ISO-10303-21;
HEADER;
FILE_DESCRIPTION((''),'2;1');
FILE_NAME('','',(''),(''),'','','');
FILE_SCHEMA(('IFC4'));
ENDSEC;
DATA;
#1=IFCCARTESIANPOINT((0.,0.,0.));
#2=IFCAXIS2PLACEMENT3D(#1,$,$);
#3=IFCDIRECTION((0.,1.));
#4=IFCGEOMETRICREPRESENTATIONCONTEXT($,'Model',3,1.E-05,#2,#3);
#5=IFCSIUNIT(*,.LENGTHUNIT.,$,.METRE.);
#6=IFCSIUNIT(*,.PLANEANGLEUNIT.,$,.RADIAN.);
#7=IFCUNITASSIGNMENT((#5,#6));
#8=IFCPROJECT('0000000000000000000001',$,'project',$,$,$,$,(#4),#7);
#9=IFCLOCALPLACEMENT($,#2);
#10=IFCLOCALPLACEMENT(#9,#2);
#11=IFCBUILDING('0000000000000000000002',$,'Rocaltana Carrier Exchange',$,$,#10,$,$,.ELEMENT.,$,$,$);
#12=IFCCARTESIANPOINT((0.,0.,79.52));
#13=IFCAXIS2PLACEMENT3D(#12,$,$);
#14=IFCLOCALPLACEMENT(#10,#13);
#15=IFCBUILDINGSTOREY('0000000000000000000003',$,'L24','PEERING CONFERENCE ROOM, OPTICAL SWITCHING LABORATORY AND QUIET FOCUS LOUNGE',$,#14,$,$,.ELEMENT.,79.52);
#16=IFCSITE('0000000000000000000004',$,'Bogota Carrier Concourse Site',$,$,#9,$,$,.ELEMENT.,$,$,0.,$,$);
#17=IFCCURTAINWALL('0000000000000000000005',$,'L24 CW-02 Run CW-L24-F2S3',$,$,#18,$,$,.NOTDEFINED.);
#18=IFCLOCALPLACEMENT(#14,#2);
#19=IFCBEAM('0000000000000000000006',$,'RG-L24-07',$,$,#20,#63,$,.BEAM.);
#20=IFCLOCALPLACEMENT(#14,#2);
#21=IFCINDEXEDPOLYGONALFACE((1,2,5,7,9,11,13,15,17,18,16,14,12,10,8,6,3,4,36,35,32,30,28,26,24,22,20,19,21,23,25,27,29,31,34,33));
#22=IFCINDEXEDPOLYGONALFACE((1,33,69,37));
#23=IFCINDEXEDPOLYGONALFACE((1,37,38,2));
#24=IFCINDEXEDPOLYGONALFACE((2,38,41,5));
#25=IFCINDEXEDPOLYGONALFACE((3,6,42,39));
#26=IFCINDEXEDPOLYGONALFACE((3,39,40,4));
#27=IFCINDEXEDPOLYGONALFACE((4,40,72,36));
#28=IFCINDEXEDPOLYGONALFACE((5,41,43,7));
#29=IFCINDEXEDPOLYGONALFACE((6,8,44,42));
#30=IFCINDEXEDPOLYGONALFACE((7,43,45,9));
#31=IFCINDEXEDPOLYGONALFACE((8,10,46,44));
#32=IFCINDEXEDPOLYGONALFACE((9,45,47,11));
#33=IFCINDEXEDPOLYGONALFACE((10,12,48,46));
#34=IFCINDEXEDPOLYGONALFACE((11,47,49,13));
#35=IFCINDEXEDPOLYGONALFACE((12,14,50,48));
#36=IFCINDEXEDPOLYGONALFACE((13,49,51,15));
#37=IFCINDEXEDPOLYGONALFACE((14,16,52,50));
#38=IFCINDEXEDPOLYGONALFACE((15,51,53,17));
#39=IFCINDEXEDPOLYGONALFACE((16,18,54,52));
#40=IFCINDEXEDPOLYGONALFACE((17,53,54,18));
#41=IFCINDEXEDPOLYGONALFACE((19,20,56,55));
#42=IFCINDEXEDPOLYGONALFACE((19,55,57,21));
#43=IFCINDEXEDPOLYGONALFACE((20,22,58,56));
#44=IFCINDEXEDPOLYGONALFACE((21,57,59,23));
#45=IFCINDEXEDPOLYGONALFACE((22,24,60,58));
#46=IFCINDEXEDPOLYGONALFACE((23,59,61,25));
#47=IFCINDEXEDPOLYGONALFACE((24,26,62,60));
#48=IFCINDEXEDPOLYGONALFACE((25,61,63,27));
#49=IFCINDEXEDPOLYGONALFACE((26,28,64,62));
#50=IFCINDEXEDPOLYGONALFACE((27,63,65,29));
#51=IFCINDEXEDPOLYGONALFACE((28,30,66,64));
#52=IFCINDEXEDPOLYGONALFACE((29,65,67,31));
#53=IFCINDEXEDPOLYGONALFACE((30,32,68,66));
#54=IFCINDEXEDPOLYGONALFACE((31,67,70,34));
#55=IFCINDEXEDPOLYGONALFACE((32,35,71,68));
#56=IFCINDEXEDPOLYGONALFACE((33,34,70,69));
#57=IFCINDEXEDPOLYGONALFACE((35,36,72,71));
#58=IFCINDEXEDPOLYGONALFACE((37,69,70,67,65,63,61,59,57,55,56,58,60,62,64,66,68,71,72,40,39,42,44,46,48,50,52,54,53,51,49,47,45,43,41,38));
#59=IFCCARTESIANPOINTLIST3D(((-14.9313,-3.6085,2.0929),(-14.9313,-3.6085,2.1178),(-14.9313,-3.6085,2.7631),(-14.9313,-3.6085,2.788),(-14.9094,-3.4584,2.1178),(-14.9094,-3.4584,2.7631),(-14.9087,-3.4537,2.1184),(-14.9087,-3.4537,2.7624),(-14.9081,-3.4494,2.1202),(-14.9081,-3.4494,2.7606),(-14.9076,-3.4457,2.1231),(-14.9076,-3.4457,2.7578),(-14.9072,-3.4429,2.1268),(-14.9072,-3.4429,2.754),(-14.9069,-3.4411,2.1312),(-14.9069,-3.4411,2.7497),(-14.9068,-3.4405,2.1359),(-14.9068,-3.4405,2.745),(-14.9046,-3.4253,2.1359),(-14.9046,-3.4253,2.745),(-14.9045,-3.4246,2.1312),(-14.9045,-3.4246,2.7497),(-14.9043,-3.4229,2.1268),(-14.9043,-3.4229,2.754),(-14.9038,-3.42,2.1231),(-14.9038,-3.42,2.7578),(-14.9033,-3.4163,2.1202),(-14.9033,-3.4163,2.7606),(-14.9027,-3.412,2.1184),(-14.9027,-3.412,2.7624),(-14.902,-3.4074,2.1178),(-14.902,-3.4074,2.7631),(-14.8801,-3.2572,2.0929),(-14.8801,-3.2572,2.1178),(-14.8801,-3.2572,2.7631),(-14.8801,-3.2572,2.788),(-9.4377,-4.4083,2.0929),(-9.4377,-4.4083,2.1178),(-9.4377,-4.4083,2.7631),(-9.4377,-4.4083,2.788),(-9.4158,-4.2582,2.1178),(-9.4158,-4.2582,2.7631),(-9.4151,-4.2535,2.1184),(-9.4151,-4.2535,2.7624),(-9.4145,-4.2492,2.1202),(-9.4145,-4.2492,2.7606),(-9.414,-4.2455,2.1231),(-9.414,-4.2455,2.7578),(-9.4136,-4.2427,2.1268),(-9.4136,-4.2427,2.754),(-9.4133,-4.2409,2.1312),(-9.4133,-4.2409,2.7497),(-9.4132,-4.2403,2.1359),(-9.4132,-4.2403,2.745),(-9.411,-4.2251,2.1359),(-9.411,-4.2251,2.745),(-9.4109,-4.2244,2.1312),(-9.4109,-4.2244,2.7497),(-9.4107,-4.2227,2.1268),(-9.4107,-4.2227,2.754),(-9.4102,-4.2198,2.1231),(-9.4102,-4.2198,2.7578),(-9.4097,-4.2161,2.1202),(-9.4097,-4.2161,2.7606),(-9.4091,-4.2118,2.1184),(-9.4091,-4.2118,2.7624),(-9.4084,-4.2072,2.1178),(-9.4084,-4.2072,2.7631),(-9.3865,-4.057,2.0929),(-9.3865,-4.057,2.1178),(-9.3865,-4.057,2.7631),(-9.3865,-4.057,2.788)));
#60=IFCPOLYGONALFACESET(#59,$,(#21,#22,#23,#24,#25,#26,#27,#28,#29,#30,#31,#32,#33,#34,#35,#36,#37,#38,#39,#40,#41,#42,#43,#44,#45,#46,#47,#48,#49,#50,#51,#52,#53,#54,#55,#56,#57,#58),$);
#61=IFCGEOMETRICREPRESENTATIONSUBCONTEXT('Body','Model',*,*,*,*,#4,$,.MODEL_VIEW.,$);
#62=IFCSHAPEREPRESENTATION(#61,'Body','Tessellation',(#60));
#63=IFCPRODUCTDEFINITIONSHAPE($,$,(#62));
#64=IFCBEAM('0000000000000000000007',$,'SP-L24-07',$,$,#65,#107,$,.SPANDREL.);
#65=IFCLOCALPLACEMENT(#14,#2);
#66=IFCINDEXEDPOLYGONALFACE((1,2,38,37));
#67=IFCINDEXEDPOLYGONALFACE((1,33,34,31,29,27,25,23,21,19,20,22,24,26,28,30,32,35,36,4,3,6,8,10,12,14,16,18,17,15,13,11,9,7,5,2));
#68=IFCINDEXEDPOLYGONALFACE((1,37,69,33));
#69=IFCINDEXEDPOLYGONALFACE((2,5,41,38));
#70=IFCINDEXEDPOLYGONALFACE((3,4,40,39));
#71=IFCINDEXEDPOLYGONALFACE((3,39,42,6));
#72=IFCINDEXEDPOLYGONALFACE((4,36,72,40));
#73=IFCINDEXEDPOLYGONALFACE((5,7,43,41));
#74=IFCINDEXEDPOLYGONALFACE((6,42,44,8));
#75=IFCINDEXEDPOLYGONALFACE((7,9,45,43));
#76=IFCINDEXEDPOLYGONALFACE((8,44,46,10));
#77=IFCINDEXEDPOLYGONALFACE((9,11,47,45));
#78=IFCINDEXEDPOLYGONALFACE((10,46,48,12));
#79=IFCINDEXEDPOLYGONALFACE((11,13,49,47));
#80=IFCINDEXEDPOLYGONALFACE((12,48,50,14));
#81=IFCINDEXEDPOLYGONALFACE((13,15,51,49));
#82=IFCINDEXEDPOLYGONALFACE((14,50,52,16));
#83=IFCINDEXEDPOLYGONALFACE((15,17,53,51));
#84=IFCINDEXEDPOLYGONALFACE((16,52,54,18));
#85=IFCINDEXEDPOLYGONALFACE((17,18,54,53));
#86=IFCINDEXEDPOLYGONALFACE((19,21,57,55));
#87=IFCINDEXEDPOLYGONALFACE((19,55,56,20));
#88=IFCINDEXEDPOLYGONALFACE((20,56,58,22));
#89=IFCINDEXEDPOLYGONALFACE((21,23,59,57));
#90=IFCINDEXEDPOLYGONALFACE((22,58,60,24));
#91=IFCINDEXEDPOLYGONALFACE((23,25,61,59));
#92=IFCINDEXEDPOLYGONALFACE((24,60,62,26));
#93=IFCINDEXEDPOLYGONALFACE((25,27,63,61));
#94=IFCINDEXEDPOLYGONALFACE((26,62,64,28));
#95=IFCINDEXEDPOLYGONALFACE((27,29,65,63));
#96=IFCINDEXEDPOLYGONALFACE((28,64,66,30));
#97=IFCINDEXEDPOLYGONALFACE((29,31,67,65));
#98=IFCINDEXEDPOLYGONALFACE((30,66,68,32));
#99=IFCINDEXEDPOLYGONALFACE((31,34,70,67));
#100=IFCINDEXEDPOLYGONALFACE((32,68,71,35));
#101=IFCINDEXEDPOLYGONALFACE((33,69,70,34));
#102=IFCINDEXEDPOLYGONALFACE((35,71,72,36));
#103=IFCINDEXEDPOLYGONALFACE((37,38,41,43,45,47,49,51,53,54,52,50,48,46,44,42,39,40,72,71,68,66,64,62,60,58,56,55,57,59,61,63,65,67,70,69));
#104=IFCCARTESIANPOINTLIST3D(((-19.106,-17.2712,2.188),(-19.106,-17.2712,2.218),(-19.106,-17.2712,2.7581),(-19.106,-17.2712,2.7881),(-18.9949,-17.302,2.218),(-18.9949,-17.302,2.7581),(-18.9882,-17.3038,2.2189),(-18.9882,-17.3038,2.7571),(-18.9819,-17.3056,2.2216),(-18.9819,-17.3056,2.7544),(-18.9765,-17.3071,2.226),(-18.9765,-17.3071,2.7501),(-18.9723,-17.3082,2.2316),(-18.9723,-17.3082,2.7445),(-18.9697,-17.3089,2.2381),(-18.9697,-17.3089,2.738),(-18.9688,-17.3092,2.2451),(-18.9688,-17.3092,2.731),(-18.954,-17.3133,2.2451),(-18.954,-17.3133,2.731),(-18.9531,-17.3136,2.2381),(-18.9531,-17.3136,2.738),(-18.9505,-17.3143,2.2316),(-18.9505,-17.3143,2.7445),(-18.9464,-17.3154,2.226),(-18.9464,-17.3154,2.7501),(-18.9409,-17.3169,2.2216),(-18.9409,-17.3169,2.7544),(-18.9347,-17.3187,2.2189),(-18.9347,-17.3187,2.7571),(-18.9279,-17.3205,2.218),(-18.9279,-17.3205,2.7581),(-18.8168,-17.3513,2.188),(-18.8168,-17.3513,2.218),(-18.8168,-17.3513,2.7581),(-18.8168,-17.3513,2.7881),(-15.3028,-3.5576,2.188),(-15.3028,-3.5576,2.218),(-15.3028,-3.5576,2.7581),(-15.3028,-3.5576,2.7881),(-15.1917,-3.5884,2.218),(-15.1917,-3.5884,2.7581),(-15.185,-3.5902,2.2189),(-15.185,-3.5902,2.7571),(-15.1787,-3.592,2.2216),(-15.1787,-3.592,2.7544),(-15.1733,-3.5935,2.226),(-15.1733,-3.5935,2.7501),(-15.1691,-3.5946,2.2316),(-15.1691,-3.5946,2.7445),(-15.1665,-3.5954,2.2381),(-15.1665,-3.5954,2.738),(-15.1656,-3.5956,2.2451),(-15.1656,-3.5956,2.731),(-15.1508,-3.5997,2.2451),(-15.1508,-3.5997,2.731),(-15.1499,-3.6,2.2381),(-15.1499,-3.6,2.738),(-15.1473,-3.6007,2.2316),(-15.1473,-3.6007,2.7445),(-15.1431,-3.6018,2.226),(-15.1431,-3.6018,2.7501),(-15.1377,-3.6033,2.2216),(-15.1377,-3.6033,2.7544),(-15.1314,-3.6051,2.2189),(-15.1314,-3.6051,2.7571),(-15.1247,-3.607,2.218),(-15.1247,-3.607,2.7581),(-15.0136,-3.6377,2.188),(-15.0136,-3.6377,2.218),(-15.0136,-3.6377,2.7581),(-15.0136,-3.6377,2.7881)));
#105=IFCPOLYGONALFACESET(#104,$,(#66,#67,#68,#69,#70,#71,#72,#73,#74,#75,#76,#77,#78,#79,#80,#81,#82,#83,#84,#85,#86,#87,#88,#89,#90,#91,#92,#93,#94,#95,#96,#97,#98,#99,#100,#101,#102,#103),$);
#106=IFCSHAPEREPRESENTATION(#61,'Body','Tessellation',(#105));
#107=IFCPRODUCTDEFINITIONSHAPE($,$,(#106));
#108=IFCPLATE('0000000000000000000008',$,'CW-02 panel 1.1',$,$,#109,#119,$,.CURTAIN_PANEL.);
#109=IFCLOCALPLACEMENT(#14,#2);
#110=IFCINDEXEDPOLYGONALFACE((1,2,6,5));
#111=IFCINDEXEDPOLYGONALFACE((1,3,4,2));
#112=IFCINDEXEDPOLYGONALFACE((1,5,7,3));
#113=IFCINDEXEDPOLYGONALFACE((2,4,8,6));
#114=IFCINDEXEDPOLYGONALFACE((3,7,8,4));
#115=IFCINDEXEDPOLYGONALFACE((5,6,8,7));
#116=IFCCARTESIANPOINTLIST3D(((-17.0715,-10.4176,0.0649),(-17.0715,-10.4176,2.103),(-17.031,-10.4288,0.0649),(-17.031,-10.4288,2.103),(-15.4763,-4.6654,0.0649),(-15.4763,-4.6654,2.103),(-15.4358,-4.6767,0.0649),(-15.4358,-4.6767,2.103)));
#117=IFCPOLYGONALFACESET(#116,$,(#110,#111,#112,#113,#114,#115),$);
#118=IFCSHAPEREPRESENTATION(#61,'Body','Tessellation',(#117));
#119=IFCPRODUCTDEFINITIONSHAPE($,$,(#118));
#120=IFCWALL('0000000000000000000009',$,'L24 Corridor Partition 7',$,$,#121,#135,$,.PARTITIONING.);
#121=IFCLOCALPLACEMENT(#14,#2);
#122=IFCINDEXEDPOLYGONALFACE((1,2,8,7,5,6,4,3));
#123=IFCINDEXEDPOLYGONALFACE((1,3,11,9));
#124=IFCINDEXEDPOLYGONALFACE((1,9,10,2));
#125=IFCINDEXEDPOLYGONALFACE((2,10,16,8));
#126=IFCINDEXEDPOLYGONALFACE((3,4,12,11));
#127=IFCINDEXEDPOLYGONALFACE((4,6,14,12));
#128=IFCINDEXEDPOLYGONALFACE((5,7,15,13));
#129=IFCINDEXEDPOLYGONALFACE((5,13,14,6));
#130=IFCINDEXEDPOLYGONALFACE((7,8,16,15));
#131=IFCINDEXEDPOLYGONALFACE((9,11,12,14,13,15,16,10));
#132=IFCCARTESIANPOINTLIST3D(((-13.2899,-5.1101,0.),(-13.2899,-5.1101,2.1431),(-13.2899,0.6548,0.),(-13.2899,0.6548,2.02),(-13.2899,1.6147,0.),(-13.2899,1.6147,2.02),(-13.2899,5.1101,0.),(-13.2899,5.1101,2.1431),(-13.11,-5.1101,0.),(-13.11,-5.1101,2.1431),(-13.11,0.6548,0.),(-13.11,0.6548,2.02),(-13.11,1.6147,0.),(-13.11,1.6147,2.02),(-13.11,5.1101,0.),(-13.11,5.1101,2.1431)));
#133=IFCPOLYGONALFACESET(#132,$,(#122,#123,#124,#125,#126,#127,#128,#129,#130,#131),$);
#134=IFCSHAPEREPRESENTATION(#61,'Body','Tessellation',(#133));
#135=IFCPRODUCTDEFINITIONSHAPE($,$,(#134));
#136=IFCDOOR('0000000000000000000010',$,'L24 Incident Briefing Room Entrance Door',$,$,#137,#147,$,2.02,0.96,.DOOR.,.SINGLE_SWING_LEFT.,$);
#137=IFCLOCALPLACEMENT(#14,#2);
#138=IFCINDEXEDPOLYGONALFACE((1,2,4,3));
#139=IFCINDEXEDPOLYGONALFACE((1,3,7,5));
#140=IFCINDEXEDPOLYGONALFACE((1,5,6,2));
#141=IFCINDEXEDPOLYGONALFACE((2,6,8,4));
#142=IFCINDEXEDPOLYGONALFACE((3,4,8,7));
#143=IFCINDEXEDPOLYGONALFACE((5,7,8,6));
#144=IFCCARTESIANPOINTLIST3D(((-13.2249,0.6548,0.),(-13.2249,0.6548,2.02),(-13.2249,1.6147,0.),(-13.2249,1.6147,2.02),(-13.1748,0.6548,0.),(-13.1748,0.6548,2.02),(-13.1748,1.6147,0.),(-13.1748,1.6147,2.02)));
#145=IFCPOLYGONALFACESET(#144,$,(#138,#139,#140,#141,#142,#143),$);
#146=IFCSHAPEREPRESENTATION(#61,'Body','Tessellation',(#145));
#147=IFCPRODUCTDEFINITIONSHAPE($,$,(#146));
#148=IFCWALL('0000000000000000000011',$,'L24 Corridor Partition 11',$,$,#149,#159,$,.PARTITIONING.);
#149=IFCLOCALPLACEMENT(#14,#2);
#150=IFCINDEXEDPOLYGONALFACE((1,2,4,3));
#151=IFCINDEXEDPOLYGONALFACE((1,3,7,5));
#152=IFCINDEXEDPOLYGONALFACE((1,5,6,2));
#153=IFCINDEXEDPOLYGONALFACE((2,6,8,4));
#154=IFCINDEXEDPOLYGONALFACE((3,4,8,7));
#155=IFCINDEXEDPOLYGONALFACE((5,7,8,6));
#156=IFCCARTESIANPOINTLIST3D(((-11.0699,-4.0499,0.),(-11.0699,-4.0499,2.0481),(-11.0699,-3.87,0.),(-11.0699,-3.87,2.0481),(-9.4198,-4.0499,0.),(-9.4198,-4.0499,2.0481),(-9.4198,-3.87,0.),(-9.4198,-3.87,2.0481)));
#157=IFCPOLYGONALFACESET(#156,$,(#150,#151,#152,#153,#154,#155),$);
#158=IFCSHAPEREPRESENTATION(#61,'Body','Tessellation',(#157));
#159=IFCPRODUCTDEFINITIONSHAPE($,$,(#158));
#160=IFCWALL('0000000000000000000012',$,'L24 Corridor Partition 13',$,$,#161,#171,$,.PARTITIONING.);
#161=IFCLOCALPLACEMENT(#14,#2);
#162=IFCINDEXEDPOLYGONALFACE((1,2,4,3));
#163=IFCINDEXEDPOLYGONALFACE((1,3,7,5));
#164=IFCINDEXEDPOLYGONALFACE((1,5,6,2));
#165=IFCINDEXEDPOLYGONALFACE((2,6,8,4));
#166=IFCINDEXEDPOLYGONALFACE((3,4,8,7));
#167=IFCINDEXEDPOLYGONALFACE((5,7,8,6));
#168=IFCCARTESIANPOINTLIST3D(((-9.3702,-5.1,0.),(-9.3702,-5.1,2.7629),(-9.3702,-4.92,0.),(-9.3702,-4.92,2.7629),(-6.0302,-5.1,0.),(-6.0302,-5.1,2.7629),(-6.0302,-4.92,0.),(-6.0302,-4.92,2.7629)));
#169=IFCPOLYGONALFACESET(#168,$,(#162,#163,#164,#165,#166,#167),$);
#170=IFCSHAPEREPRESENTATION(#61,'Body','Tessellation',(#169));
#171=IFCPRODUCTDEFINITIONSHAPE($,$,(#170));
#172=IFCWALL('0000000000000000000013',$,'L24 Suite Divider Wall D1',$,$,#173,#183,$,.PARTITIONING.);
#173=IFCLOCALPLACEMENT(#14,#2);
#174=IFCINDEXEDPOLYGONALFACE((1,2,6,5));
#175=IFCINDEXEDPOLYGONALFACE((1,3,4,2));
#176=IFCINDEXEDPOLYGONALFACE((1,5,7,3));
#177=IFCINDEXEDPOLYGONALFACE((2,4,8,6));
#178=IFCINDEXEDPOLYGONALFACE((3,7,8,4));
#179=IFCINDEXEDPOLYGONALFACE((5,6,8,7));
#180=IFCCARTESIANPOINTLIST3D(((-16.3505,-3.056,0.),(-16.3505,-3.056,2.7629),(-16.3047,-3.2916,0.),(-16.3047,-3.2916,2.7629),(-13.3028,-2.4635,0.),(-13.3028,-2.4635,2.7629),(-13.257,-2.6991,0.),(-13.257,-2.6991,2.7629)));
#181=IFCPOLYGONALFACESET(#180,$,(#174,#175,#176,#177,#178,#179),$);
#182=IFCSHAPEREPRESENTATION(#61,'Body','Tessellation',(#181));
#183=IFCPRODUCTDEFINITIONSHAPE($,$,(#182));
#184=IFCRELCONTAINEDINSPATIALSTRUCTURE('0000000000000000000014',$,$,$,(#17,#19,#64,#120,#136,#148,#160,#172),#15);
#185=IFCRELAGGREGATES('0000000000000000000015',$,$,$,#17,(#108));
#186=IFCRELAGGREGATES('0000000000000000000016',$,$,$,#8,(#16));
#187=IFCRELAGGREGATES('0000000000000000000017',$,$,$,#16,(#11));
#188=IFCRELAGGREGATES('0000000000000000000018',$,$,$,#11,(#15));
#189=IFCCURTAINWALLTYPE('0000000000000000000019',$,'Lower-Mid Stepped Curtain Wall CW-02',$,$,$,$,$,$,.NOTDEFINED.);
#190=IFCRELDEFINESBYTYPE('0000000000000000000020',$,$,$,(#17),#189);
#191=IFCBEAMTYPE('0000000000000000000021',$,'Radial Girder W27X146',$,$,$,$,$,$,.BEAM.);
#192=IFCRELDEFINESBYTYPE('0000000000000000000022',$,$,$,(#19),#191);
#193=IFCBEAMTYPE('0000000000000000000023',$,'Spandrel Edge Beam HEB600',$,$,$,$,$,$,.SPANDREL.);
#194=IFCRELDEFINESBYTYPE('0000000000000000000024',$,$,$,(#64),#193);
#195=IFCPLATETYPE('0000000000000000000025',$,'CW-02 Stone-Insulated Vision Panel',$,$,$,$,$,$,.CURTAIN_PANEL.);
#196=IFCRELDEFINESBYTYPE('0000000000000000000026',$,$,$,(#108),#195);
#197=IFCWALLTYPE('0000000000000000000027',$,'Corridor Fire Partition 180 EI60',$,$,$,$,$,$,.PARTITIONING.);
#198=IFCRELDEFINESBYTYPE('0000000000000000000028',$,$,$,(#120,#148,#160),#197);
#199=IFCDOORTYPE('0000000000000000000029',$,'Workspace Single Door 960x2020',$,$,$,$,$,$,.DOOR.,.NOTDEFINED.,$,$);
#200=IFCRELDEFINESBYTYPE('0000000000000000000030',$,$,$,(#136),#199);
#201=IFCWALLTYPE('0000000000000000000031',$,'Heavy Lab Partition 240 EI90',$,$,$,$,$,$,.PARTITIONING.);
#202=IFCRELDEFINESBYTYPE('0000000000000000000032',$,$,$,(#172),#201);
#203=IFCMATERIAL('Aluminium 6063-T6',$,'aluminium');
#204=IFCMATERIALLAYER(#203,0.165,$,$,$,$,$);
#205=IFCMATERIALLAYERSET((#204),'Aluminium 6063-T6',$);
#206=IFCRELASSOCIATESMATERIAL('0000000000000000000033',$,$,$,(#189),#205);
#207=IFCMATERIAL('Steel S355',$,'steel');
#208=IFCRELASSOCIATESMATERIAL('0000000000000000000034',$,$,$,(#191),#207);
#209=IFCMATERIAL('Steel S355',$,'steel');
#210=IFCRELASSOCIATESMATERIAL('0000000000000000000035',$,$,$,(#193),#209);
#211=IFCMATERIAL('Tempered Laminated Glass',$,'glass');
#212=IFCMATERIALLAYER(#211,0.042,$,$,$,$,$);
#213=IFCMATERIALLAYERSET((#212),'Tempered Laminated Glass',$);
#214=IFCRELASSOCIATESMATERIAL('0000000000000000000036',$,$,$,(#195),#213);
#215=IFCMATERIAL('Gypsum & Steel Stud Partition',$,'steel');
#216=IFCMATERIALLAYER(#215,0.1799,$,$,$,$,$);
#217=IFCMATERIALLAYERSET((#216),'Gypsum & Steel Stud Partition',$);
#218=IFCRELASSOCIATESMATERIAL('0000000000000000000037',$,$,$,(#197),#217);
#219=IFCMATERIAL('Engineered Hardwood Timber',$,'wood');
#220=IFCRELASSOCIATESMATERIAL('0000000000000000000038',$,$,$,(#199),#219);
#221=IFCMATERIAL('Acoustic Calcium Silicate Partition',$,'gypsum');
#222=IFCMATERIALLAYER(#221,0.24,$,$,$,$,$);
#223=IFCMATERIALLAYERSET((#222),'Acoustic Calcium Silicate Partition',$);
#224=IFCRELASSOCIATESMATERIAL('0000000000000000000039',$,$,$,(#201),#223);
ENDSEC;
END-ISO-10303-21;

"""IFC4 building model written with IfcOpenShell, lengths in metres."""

from ifc_helpers import new_model, si_unit, direction, frame, frame_2d, origin, origin_2d, place, context, subcontext, project, spatial, rectangle, i_section, extrude, material, layer, layer_set, material_profile, profile_set, type_object, element, fill, aggregate, save


model = new_model("IFC4")

# Units and contexts
model_context = context("Model", 3, precision=1e-05, world=origin(), true_north=direction((0.0, 1.0)))
body_context = subcontext(model_context, "Body", "Model", "MODEL_VIEW")
ifc_project = project(units=[si_unit("LENGTHUNIT", "METRE"), si_unit("PLANEANGLEUNIT", "RADIAN")], contexts=[model_context])

# Site, building, storey
site_placement = place(None, origin())
site = spatial("IfcSite", under=ifc_project, at=site_placement, Name="Bogota Carrier Concourse Site", CompositionType="ELEMENT", RefElevation=0.0)
building_placement = place(site_placement, origin())
building = spatial("IfcBuilding", under=site, at=building_placement, Name="Rocaltana Carrier Exchange", CompositionType="ELEMENT")
storey_placement = place(building_placement, frame((0.0, 0.0, 79.52)))
storey = spatial("IfcBuildingStorey", under=building, at=storey_placement, Name="L24", Description="PEERING CONFERENCE ROOM, OPTICAL SWITCHING LABORATORY AND QUIET FOCUS LOUNGE", CompositionType="ELEMENT", Elevation=79.52)

# Shared definitions
ifc_material_1 = material(Name="Aluminium 6063-T6", Category="aluminium")
ifc_layer_1 = layer(ifc_material_1, 0.165)
ifc_layer_set_1 = layer_set([ifc_layer_1], Name="Aluminium 6063-T6")
curtain_wall_type = type_object("IfcCurtainWallType", Name="Lower-Mid Stepped Curtain Wall CW-02", PredefinedType="NOTDEFINED", material=ifc_layer_set_1)

# Curtain wall
curtain_wall_1_placement = place(storey_placement, origin())
curtain_wall_1 = element("IfcCurtainWall", 1, at=curtain_wall_1_placement, inside=storey, type_object=curtain_wall_type, Name="L24 CW-02 Run CW-L24-F2S3", PredefinedType="NOTDEFINED")

# Beams
ifc_material_2 = material(Name="Steel S355", Category="steel")
ifc_material_profile_1 = material_profile(ifc_material_2, i_section(OverallWidth=0.355, OverallDepth=0.6951, WebThickness=0.0154, FlangeThickness=0.0249, FilletRadius=0.0181, at=origin_2d()), Name="W27X146")
ifc_profile_set_1 = profile_set([ifc_material_profile_1], Name="Steel S355")
beam_type_1 = type_object("IfcBeamType", Name="Radial Girder W27X146", PredefinedType="BEAM", material=ifc_profile_set_1)
beam_1_placement = place(storey_placement, frame((-9.4121, -4.2327, 2.4404), z_axis=(-0.989568, 0.144068, 0.0), x_axis=(-0.144068, -0.989568, 0.0)))
element("IfcBeam", 2, at=beam_1_placement, inside=storey, type_object=beam_type_1, Name="RG-L24-07", PredefinedType="BEAM", context=body_context, shape_type="SweptSolid", body=[
    extrude(i_section(OverallWidth=0.355, OverallDepth=0.6951, WebThickness=0.0154, FlangeThickness=0.0249, FilletRadius=0.0181, at=origin_2d()), origin(), (0.0, 0.0, 1.0), 5.5515),
])
ifc_material_3 = material(Name="Steel S355", Category="steel")
ifc_material_profile_2 = material_profile(ifc_material_3, i_section(OverallWidth=0.3, OverallDepth=0.6001, WebThickness=0.0154, FlangeThickness=0.03, FilletRadius=0.0271, at=origin_2d()), Name="HEB600")
ifc_profile_set_2 = profile_set([ifc_material_profile_2], Name="Steel S355")
beam_type_2 = type_object("IfcBeamType", Name="Spandrel Edge Beam HEB600", PredefinedType="SPANDREL", material=ifc_profile_set_2)
beam_2_placement = place(storey_placement, frame((-15.1582, -3.5977, 2.488), z_axis=(-0.267245, -0.963629, 0.0), x_axis=(0.963629, -0.267245, 0.0)))
element("IfcBeam", 3, at=beam_2_placement, inside=storey, type_object=beam_type_2, Name="SP-L24-07", PredefinedType="SPANDREL", context=body_context, shape_type="SweptSolid", body=[
    extrude(i_section(OverallWidth=0.3, OverallDepth=0.6001, WebThickness=0.0154, FlangeThickness=0.03, FilletRadius=0.0271, at=origin_2d()), origin(), (0.0, 0.0, 1.0), 14.2312),
])

# Plate
ifc_material_4 = material(Name="Tempered Laminated Glass", Category="glass")
ifc_layer_2 = layer(ifc_material_4, 0.042)
ifc_layer_set_2 = layer_set([ifc_layer_2], Name="Tempered Laminated Glass")
plate_type = type_object("IfcPlateType", Name="CW-02 Stone-Insulated Vision Panel", PredefinedType="CURTAIN_PANEL", material=ifc_layer_set_2)
plate_placement = place(storey_placement, frame((-16.2537, -7.5471, 0.0649), z_axis=(0.0, 0.0, 1.0), x_axis=(-0.267243, -0.963629, 0.0)))
plate = element("IfcPlate", 4, at=plate_placement, type_object=plate_type, Name="CW-02 panel 1.1", PredefinedType="CURTAIN_PANEL", context=body_context, shape_type="SweptSolid", body=[
    extrude(rectangle(XDim=5.9692, YDim=0.042, at=origin_2d()), origin(), (0.0, 0.0, 1.0), 2.0381),
])
aggregate(curtain_wall_1, [plate])

# Wall, opening, door
ifc_material_5 = material(Name="Gypsum & Steel Stud Partition", Category="steel")
ifc_layer_3 = layer(ifc_material_5, 0.1799)
ifc_layer_set_3 = layer_set([ifc_layer_3], Name="Gypsum & Steel Stud Partition")
wall_type_1 = type_object("IfcWallType", Name="Corridor Fire Partition 180 EI60", PredefinedType="PARTITIONING", material=ifc_layer_set_3)
wall_1_placement = place(storey_placement, frame((-13.2, -5.1101, 0.0), z_axis=(0.0, 0.0, 1.0), x_axis=(0.0, 1.0, 0.0)))
wall_1 = element("IfcWall", 5, at=wall_1_placement, inside=storey, type_object=wall_type_1, Name="L24 Corridor Partition 7", PredefinedType="PARTITIONING", context=body_context, shape_type="SweptSolid", body=[
    extrude(rectangle(XDim=10.2202, YDim=0.1799, at=frame_2d((5.1101, 0.0))), origin(), (0.0, 0.0, 1.0), 2.1431),
])
opening_placement = place(wall_1_placement, frame((5.7649, 0.0, 0.0)))
opening = element("IfcOpeningElement", 6, at=opening_placement, cuts=wall_1, PredefinedType="OPENING", context=body_context, shape_type="SweptSolid", body=[
    extrude(rectangle(XDim=0.96, YDim=2.02, at=frame_2d((0.48, 1.01))), frame((0.0, 0.0999, 0.0), z_axis=(0.0, -1.0, 0.0), x_axis=(1.0, 0.0, 0.0)), (0.0, 0.0, 1.0), 0.2),
])
ifc_material_6 = material(Name="Engineered Hardwood Timber", Category="wood")
door_type = type_object("IfcDoorType", Name="Workspace Single Door 960x2020", OperationType="NOTDEFINED", PredefinedType="DOOR", material=ifc_material_6)
door_placement = place(opening_placement, origin())
door = element("IfcDoor", 7, at=door_placement, inside=storey, type_object=door_type, Name="L24 Incident Briefing Room Entrance Door", OperationType="SINGLE_SWING_LEFT", OverallHeight=2.02, OverallWidth=0.96, PredefinedType="DOOR", context=body_context, shape_type="SweptSolid", body=[
    extrude(rectangle(XDim=0.96, YDim=2.02, at=frame_2d((0.48, 1.01))), frame((0.0, 0.0249, 0.0), z_axis=(0.0, -1.0, 0.0), x_axis=(1.0, 0.0, 0.0)), (0.0, 0.0, 1.0), 0.05),
])
fill(opening, door)

# Walls
wall_2_placement = place(storey_placement, frame((-11.0701, -3.96, 0.0), z_axis=(0.0, 0.0, 1.0), x_axis=(1.0, 0.0, 0.0)))
element("IfcWall", 8, at=wall_2_placement, inside=storey, type_object=wall_type_1, Name="L24 Corridor Partition 11", PredefinedType="PARTITIONING", context=body_context, shape_type="SweptSolid", body=[
    extrude(rectangle(XDim=1.6501, YDim=0.1799, at=frame_2d((0.8252, 0.0))), origin(), (0.0, 0.0, 1.0), 2.0481),
])
wall_3_placement = place(storey_placement, frame((-9.3701, -5.01, 0.0), z_axis=(0.0, 0.0, 1.0), x_axis=(1.0, 0.0, 0.0)))
element("IfcWall", 9, at=wall_3_placement, inside=storey, type_object=wall_type_1, Name="L24 Corridor Partition 13", PredefinedType="PARTITIONING", context=body_context, shape_type="SweptSolid", body=[
    extrude(rectangle(XDim=3.3401, YDim=0.1799, at=frame_2d((1.6699, 0.0))), origin(), (0.0, 0.0, 1.0), 2.7629),
])
ifc_material_7 = material(Name="Acoustic Calcium Silicate Partition", Category="gypsum")
ifc_layer_4 = layer(ifc_material_7, 0.24)
ifc_layer_set_4 = layer_set([ifc_layer_4], Name="Acoustic Calcium Silicate Partition")
wall_type_2 = type_object("IfcWallType", Name="Heavy Lab Partition 240 EI90", PredefinedType="PARTITIONING", material=ifc_layer_set_4)
wall_4_placement = place(storey_placement, frame((-13.28, -2.5813, 0.0), z_axis=(0.0, 0.0, 1.0), x_axis=(-0.981619, -0.190851, 0.0)))
element("IfcWall", 10, at=wall_4_placement, inside=storey, type_object=wall_type_2, Name="L24 Suite Divider Wall D1", PredefinedType="PARTITIONING", context=body_context, shape_type="SweptSolid", body=[
    extrude(rectangle(XDim=3.1047, YDim=0.24, at=frame_2d((1.5522, 0.0))), origin(), (0.0, 0.0, 1.0), 2.7629),
])

save(model, "model.ifc")
